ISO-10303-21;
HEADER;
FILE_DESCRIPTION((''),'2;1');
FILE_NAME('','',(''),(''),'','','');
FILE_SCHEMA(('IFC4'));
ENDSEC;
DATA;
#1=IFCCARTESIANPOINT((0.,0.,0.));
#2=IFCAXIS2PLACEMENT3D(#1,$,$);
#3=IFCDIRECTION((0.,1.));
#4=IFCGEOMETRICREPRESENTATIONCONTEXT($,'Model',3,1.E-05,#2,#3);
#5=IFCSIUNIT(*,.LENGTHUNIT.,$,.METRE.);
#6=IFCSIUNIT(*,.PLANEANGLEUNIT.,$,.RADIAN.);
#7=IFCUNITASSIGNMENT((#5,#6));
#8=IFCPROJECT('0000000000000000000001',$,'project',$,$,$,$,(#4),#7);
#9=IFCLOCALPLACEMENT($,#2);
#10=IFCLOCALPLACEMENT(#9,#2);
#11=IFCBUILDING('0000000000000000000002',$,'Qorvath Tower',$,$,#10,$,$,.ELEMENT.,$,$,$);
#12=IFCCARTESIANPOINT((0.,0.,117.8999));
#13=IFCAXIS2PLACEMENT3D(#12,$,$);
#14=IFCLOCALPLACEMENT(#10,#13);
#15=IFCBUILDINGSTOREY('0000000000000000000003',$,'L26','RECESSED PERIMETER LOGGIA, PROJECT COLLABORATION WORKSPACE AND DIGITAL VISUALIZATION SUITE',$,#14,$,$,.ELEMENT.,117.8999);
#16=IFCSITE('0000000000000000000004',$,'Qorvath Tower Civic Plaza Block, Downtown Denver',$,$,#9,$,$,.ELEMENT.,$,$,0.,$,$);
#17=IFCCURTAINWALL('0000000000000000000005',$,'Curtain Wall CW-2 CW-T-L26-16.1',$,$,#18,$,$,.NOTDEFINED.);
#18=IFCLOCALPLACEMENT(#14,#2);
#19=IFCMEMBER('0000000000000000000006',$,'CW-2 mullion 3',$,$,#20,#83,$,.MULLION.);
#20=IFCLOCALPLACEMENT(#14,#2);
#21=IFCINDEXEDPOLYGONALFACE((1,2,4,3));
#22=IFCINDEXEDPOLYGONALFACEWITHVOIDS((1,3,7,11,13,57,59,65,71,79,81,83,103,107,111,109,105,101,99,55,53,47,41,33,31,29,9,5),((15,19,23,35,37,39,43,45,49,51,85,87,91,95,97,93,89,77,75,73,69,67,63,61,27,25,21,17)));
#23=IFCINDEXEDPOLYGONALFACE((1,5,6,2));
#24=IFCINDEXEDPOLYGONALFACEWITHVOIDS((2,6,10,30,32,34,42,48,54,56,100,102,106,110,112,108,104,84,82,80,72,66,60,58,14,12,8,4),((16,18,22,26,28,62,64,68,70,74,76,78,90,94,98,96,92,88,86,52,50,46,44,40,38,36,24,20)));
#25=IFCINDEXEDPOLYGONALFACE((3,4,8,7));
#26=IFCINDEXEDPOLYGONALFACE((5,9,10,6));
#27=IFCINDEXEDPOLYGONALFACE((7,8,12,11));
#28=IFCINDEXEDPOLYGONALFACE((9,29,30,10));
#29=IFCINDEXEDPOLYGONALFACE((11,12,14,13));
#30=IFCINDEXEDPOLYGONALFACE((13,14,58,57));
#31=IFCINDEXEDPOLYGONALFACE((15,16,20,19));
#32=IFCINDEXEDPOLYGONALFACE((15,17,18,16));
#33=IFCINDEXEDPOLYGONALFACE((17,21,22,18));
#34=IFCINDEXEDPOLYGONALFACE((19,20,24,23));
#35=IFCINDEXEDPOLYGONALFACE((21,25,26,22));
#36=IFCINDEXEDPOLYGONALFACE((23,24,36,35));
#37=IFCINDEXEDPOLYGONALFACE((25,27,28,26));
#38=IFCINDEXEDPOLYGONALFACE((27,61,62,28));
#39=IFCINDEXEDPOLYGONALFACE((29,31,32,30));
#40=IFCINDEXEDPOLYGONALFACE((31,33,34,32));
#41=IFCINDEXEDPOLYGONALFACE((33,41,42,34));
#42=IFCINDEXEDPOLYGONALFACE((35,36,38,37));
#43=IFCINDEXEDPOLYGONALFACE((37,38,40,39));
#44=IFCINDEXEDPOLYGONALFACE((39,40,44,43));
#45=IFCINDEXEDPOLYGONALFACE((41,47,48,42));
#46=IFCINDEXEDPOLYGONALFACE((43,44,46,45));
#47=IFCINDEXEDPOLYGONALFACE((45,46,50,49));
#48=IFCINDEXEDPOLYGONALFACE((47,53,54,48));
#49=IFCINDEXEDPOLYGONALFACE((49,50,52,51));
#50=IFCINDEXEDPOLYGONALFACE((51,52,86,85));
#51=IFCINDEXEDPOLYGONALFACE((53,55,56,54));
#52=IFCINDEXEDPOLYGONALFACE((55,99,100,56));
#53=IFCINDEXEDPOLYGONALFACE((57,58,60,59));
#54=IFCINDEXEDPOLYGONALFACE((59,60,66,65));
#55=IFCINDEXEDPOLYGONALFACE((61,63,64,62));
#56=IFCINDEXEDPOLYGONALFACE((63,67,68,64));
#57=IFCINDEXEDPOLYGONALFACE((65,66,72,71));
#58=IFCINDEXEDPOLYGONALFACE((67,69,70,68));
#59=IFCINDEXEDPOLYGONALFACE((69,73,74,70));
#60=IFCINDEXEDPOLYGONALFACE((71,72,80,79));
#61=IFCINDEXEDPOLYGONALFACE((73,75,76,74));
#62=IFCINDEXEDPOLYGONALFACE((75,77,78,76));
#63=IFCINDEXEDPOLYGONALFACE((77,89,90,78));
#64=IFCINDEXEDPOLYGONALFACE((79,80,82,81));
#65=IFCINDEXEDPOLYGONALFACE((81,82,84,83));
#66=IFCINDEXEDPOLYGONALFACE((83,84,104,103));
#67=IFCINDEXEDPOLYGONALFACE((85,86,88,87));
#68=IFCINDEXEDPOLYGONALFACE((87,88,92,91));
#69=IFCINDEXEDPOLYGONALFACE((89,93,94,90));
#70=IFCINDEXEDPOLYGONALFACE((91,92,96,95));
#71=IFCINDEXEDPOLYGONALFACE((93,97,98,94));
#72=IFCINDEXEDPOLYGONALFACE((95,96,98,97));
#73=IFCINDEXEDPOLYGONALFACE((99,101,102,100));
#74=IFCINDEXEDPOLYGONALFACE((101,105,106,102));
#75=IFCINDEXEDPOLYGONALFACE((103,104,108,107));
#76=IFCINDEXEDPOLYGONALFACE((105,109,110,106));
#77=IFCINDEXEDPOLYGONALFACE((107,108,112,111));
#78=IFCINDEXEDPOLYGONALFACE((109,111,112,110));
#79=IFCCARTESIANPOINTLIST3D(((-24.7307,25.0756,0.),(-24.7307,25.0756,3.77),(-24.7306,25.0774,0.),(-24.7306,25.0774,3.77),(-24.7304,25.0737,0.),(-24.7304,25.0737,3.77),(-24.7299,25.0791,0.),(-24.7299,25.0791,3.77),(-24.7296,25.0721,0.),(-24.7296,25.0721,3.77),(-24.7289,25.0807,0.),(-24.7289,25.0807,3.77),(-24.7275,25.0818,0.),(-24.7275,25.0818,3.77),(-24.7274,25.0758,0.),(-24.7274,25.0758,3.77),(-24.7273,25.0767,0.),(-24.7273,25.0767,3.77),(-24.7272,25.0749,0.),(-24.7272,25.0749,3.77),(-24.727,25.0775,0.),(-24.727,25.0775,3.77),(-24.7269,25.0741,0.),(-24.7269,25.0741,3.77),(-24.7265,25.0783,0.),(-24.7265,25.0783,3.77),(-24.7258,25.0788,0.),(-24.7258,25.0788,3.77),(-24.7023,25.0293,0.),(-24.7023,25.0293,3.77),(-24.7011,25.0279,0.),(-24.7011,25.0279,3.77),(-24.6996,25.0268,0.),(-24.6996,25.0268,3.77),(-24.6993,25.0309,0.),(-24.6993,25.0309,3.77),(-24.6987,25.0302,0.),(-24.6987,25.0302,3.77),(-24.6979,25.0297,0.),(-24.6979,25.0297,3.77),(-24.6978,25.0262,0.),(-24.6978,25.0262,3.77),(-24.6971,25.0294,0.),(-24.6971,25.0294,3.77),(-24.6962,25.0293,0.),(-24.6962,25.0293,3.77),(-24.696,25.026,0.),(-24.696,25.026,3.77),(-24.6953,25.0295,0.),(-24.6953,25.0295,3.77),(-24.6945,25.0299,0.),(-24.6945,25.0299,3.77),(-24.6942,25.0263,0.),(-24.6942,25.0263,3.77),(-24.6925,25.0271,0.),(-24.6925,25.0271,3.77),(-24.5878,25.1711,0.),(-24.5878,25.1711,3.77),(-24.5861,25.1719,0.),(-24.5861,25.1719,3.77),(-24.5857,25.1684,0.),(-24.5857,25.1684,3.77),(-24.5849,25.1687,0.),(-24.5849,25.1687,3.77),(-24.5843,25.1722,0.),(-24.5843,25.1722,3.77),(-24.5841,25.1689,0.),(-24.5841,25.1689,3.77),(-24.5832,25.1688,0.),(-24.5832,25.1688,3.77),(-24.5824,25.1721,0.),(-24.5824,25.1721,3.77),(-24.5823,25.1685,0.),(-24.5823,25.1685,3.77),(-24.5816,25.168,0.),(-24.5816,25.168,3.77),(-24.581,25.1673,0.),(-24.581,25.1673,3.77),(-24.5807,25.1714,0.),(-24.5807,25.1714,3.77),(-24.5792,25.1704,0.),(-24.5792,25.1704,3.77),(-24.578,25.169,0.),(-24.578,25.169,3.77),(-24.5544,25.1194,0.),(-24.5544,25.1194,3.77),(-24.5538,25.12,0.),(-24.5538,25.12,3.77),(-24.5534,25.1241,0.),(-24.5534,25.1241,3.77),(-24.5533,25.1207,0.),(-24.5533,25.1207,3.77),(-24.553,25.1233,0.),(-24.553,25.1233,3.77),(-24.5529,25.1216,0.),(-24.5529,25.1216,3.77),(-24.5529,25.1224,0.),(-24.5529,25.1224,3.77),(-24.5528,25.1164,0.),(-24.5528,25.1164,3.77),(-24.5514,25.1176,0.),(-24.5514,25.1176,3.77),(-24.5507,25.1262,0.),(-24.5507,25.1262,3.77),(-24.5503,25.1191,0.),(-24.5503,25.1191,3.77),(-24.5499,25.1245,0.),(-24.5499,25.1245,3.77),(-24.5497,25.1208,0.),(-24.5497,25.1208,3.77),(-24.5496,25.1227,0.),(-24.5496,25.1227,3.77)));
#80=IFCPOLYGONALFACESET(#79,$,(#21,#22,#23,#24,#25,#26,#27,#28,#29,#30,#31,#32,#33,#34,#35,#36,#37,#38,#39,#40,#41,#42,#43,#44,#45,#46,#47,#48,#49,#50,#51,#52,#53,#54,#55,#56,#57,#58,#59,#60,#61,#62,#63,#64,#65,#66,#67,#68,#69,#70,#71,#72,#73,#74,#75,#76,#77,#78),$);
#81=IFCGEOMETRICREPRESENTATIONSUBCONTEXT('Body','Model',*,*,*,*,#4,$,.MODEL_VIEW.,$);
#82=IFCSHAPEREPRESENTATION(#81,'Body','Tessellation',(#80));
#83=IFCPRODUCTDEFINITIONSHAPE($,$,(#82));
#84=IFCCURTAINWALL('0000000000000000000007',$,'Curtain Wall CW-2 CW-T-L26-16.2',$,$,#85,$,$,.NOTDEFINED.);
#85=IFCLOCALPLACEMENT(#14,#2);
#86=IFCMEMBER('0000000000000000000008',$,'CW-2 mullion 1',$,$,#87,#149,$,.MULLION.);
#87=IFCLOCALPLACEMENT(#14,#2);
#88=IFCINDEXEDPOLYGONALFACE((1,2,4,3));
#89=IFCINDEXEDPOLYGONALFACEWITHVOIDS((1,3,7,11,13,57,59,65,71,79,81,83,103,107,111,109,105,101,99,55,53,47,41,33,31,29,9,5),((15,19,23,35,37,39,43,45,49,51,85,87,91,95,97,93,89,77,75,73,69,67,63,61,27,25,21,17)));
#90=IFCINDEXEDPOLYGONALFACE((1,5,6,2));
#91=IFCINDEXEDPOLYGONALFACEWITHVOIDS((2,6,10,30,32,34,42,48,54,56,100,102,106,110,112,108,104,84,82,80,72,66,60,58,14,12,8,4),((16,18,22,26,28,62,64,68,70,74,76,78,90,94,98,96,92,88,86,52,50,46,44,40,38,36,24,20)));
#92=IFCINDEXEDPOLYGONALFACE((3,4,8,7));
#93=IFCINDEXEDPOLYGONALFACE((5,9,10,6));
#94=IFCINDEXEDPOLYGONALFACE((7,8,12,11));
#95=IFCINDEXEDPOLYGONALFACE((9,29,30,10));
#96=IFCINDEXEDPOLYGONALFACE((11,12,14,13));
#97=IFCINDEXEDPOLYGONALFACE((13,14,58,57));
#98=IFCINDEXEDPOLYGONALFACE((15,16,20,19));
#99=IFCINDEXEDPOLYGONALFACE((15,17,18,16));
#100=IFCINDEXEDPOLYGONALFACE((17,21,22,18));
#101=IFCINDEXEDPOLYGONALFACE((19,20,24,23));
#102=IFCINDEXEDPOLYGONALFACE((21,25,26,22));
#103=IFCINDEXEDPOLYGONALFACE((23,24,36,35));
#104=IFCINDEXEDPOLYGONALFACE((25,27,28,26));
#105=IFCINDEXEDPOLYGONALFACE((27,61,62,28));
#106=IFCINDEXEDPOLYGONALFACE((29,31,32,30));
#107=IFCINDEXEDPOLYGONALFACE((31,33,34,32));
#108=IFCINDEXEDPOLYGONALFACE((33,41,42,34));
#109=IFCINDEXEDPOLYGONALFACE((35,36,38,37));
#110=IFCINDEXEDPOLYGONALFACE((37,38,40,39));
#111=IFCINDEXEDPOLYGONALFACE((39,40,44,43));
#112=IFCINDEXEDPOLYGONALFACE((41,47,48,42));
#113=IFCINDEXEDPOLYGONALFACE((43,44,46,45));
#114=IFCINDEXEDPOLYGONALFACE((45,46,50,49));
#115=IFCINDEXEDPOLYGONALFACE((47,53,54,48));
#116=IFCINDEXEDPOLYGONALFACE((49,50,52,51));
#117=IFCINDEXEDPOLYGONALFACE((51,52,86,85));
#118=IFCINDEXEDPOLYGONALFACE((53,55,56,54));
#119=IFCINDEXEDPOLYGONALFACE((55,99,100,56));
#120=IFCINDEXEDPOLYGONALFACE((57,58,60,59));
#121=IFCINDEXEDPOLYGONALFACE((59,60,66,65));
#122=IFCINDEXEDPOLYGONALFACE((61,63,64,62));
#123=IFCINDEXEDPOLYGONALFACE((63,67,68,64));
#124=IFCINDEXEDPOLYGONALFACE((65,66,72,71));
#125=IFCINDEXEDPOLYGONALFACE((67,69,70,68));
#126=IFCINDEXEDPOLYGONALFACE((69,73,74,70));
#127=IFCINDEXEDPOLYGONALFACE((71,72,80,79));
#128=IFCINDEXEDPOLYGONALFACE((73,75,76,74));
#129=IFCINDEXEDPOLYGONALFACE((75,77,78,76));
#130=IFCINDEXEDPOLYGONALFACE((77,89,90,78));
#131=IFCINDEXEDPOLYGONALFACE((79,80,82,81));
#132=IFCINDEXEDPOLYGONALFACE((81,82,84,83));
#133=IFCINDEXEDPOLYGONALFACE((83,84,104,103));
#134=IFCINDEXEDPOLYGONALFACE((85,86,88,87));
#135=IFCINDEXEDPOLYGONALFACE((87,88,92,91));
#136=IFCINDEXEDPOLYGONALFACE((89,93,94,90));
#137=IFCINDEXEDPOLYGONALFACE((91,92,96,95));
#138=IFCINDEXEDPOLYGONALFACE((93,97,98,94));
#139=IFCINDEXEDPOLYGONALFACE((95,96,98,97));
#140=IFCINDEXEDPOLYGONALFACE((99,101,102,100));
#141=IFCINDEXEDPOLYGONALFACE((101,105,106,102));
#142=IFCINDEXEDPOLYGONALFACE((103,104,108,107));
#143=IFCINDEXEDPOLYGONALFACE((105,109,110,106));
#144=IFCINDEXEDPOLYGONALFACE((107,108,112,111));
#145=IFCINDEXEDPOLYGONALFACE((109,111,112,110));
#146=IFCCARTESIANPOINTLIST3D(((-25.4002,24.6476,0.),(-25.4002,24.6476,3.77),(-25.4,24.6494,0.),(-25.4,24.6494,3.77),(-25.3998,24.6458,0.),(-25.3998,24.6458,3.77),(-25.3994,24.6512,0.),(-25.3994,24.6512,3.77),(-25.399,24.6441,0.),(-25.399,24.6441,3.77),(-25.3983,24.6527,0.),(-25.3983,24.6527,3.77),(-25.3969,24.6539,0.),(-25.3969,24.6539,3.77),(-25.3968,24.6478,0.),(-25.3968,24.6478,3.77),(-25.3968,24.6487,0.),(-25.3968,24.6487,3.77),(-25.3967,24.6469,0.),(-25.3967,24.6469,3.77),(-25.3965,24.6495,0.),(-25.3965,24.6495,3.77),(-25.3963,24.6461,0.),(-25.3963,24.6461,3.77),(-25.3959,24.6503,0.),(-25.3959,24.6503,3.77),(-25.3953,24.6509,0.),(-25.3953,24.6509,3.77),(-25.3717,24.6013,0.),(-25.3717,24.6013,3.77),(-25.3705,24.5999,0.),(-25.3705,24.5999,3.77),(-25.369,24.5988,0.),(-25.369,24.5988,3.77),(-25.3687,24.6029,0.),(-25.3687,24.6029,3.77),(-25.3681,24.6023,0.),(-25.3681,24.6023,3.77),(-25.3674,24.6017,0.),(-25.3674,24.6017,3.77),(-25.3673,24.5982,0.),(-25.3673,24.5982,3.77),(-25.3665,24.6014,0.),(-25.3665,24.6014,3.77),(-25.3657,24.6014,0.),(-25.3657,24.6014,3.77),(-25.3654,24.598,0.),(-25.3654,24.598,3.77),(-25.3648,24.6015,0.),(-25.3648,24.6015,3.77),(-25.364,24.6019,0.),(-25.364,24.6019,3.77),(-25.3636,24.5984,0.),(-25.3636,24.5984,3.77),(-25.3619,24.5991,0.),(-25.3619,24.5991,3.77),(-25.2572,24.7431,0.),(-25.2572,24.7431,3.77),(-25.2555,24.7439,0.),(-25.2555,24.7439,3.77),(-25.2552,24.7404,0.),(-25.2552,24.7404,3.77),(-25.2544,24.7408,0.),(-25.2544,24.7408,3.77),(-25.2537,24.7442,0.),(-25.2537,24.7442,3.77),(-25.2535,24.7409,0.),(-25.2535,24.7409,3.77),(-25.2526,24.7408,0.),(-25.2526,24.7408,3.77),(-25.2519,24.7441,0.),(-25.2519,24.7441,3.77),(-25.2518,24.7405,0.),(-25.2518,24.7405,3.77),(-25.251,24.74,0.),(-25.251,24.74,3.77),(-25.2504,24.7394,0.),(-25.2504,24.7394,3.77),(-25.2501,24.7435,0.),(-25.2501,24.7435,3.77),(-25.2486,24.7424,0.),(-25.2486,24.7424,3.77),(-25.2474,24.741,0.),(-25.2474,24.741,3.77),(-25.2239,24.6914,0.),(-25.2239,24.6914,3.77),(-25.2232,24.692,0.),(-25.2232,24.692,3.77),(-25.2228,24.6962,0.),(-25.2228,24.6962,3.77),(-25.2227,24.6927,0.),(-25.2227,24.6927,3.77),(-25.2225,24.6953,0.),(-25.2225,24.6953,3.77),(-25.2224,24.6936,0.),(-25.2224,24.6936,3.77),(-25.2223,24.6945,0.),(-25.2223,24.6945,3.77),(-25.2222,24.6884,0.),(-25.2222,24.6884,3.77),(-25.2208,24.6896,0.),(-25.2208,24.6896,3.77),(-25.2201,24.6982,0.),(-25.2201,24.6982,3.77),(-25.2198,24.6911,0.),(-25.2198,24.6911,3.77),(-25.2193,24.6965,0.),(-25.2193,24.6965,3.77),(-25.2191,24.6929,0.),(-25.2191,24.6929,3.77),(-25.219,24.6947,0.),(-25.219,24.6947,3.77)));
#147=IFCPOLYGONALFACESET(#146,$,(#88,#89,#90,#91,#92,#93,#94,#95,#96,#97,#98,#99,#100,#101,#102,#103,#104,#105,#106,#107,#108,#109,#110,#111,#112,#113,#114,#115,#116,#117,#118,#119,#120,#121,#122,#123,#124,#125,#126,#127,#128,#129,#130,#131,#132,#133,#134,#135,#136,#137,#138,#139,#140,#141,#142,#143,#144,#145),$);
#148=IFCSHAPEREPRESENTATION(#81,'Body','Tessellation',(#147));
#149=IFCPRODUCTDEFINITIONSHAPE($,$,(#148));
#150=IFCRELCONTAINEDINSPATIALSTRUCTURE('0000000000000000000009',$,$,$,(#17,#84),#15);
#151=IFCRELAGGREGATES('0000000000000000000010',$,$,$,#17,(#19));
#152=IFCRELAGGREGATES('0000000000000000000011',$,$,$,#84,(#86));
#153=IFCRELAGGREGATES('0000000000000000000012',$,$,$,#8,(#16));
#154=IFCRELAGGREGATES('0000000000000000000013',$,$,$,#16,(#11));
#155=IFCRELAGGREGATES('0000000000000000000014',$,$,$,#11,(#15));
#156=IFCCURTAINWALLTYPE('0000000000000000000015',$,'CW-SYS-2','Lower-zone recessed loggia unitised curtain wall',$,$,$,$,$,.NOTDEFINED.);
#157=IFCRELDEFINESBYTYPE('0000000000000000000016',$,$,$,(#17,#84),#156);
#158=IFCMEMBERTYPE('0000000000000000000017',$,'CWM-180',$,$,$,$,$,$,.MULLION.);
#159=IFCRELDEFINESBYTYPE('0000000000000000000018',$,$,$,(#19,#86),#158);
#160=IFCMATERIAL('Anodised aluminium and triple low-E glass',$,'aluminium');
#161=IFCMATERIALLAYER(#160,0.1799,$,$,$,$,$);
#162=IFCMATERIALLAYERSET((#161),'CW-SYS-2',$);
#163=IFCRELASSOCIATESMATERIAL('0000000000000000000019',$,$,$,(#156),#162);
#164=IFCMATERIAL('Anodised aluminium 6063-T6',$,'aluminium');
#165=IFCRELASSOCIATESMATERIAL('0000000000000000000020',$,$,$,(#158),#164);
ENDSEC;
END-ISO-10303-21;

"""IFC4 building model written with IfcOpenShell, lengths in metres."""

from ifc_helpers import new_model, si_unit, direction, frame, origin, origin_2d, place, context, subcontext, project, spatial, hollow_rectangle, extrude, material, layer, layer_set, material_profile, profile_set, type_object, element, aggregate, save


model = new_model("IFC4")

# Units and contexts
model_context = context("Model", 3, precision=1e-05, world=origin(), true_north=direction((0.0, 1.0)))
body_context = subcontext(model_context, "Body", "Model", "MODEL_VIEW")
ifc_project = project(units=[si_unit("LENGTHUNIT", "METRE"), si_unit("PLANEANGLEUNIT", "RADIAN")], contexts=[model_context])

# Site, building, storey
site_placement = place(None, origin())
site = spatial("IfcSite", under=ifc_project, at=site_placement, Name="Qorvath Tower Civic Plaza Block, Downtown Denver", CompositionType="ELEMENT", RefElevation=0.0)
building_placement = place(site_placement, origin())
building = spatial("IfcBuilding", under=site, at=building_placement, Name="Qorvath Tower", CompositionType="ELEMENT")
storey_placement = place(building_placement, frame((0.0, 0.0, 117.8999)))
storey = spatial("IfcBuildingStorey", under=building, at=storey_placement, Name="L26", Description="RECESSED PERIMETER LOGGIA, PROJECT COLLABORATION WORKSPACE AND DIGITAL VISUALIZATION SUITE", CompositionType="ELEMENT", Elevation=117.8999)

# Curtain wall, member
ifc_material_1 = material(Name="Anodised aluminium and triple low-E glass", Category="aluminium")
ifc_layer_1 = layer(ifc_material_1, 0.1799)
ifc_layer_set_1 = layer_set([ifc_layer_1], Name="CW-SYS-2")
curtain_wall_type = type_object("IfcCurtainWallType", Name="CW-SYS-2", Description="Lower-zone recessed loggia unitised curtain wall", PredefinedType="NOTDEFINED", material=ifc_layer_set_1)
curtain_wall_1_placement = place(storey_placement, origin())
curtain_wall_1 = element("IfcCurtainWall", 1, at=curtain_wall_1_placement, inside=storey, type_object=curtain_wall_type, Name="Curtain Wall CW-2 CW-T-L26-16.1", PredefinedType="NOTDEFINED")
ifc_material_2 = material(Name="Anodised aluminium 6063-T6", Category="aluminium")
ifc_material_profile_1 = material_profile(ifc_material_2, hollow_rectangle(XDim=0.0649, YDim=0.1799, WallThickness=0.0034, InnerFilletRadius=0.0034, OuterFilletRadius=0.0071, at=origin_2d()), Name="CWM 180x65")
ifc_profile_set_1 = profile_set([ifc_material_profile_1], Name="Anodised aluminium 6063-T6")
member_type_1 = type_object("IfcMemberType", Name="CWM-180", PredefinedType="MULLION", material=ifc_profile_set_1)
member_1_placement = place(storey_placement, frame((-24.6401, 25.0991, 0.0), z_axis=(0.0, 0.0, 1.0), x_axis=(0.538548, -0.842595, 0.0)))
member_1 = element("IfcMember", 2, at=member_1_placement, type_object=member_type_1, Name="CW-2 mullion 3", PredefinedType="MULLION", context=body_context, shape_type="SweptSolid", body=[
    extrude(hollow_rectangle(XDim=0.0649, YDim=0.1799, WallThickness=0.0034, InnerFilletRadius=0.0034, OuterFilletRadius=0.0071, at=origin_2d()), origin(), (0.0, 0.0, 1.0), 3.77),
])

# Curtain wall, member
curtain_wall_2_placement = place(storey_placement, origin())
curtain_wall_2 = element("IfcCurtainWall", 3, at=curtain_wall_2_placement, inside=storey, type_object=curtain_wall_type, Name="Curtain Wall CW-2 CW-T-L26-16.2", PredefinedType="NOTDEFINED")
member_2_placement = place(storey_placement, frame((-25.3096, 24.6711, 0.0), z_axis=(0.0, 0.0, 1.0), x_axis=(0.53853, -0.842607, 0.0)))
member_2 = element("IfcMember", 4, at=member_2_placement, type_object=member_type_1, Name="CW-2 mullion 1", PredefinedType="MULLION", context=body_context, shape_type="SweptSolid", body=[
    extrude(hollow_rectangle(XDim=0.0649, YDim=0.1799, WallThickness=0.0034, InnerFilletRadius=0.0034, OuterFilletRadius=0.0071, at=origin_2d()), origin(), (0.0, 0.0, 1.0), 3.77),
])

aggregate(curtain_wall_1, [member_1])
aggregate(curtain_wall_2, [member_2])

save(model, "model.ifc")
